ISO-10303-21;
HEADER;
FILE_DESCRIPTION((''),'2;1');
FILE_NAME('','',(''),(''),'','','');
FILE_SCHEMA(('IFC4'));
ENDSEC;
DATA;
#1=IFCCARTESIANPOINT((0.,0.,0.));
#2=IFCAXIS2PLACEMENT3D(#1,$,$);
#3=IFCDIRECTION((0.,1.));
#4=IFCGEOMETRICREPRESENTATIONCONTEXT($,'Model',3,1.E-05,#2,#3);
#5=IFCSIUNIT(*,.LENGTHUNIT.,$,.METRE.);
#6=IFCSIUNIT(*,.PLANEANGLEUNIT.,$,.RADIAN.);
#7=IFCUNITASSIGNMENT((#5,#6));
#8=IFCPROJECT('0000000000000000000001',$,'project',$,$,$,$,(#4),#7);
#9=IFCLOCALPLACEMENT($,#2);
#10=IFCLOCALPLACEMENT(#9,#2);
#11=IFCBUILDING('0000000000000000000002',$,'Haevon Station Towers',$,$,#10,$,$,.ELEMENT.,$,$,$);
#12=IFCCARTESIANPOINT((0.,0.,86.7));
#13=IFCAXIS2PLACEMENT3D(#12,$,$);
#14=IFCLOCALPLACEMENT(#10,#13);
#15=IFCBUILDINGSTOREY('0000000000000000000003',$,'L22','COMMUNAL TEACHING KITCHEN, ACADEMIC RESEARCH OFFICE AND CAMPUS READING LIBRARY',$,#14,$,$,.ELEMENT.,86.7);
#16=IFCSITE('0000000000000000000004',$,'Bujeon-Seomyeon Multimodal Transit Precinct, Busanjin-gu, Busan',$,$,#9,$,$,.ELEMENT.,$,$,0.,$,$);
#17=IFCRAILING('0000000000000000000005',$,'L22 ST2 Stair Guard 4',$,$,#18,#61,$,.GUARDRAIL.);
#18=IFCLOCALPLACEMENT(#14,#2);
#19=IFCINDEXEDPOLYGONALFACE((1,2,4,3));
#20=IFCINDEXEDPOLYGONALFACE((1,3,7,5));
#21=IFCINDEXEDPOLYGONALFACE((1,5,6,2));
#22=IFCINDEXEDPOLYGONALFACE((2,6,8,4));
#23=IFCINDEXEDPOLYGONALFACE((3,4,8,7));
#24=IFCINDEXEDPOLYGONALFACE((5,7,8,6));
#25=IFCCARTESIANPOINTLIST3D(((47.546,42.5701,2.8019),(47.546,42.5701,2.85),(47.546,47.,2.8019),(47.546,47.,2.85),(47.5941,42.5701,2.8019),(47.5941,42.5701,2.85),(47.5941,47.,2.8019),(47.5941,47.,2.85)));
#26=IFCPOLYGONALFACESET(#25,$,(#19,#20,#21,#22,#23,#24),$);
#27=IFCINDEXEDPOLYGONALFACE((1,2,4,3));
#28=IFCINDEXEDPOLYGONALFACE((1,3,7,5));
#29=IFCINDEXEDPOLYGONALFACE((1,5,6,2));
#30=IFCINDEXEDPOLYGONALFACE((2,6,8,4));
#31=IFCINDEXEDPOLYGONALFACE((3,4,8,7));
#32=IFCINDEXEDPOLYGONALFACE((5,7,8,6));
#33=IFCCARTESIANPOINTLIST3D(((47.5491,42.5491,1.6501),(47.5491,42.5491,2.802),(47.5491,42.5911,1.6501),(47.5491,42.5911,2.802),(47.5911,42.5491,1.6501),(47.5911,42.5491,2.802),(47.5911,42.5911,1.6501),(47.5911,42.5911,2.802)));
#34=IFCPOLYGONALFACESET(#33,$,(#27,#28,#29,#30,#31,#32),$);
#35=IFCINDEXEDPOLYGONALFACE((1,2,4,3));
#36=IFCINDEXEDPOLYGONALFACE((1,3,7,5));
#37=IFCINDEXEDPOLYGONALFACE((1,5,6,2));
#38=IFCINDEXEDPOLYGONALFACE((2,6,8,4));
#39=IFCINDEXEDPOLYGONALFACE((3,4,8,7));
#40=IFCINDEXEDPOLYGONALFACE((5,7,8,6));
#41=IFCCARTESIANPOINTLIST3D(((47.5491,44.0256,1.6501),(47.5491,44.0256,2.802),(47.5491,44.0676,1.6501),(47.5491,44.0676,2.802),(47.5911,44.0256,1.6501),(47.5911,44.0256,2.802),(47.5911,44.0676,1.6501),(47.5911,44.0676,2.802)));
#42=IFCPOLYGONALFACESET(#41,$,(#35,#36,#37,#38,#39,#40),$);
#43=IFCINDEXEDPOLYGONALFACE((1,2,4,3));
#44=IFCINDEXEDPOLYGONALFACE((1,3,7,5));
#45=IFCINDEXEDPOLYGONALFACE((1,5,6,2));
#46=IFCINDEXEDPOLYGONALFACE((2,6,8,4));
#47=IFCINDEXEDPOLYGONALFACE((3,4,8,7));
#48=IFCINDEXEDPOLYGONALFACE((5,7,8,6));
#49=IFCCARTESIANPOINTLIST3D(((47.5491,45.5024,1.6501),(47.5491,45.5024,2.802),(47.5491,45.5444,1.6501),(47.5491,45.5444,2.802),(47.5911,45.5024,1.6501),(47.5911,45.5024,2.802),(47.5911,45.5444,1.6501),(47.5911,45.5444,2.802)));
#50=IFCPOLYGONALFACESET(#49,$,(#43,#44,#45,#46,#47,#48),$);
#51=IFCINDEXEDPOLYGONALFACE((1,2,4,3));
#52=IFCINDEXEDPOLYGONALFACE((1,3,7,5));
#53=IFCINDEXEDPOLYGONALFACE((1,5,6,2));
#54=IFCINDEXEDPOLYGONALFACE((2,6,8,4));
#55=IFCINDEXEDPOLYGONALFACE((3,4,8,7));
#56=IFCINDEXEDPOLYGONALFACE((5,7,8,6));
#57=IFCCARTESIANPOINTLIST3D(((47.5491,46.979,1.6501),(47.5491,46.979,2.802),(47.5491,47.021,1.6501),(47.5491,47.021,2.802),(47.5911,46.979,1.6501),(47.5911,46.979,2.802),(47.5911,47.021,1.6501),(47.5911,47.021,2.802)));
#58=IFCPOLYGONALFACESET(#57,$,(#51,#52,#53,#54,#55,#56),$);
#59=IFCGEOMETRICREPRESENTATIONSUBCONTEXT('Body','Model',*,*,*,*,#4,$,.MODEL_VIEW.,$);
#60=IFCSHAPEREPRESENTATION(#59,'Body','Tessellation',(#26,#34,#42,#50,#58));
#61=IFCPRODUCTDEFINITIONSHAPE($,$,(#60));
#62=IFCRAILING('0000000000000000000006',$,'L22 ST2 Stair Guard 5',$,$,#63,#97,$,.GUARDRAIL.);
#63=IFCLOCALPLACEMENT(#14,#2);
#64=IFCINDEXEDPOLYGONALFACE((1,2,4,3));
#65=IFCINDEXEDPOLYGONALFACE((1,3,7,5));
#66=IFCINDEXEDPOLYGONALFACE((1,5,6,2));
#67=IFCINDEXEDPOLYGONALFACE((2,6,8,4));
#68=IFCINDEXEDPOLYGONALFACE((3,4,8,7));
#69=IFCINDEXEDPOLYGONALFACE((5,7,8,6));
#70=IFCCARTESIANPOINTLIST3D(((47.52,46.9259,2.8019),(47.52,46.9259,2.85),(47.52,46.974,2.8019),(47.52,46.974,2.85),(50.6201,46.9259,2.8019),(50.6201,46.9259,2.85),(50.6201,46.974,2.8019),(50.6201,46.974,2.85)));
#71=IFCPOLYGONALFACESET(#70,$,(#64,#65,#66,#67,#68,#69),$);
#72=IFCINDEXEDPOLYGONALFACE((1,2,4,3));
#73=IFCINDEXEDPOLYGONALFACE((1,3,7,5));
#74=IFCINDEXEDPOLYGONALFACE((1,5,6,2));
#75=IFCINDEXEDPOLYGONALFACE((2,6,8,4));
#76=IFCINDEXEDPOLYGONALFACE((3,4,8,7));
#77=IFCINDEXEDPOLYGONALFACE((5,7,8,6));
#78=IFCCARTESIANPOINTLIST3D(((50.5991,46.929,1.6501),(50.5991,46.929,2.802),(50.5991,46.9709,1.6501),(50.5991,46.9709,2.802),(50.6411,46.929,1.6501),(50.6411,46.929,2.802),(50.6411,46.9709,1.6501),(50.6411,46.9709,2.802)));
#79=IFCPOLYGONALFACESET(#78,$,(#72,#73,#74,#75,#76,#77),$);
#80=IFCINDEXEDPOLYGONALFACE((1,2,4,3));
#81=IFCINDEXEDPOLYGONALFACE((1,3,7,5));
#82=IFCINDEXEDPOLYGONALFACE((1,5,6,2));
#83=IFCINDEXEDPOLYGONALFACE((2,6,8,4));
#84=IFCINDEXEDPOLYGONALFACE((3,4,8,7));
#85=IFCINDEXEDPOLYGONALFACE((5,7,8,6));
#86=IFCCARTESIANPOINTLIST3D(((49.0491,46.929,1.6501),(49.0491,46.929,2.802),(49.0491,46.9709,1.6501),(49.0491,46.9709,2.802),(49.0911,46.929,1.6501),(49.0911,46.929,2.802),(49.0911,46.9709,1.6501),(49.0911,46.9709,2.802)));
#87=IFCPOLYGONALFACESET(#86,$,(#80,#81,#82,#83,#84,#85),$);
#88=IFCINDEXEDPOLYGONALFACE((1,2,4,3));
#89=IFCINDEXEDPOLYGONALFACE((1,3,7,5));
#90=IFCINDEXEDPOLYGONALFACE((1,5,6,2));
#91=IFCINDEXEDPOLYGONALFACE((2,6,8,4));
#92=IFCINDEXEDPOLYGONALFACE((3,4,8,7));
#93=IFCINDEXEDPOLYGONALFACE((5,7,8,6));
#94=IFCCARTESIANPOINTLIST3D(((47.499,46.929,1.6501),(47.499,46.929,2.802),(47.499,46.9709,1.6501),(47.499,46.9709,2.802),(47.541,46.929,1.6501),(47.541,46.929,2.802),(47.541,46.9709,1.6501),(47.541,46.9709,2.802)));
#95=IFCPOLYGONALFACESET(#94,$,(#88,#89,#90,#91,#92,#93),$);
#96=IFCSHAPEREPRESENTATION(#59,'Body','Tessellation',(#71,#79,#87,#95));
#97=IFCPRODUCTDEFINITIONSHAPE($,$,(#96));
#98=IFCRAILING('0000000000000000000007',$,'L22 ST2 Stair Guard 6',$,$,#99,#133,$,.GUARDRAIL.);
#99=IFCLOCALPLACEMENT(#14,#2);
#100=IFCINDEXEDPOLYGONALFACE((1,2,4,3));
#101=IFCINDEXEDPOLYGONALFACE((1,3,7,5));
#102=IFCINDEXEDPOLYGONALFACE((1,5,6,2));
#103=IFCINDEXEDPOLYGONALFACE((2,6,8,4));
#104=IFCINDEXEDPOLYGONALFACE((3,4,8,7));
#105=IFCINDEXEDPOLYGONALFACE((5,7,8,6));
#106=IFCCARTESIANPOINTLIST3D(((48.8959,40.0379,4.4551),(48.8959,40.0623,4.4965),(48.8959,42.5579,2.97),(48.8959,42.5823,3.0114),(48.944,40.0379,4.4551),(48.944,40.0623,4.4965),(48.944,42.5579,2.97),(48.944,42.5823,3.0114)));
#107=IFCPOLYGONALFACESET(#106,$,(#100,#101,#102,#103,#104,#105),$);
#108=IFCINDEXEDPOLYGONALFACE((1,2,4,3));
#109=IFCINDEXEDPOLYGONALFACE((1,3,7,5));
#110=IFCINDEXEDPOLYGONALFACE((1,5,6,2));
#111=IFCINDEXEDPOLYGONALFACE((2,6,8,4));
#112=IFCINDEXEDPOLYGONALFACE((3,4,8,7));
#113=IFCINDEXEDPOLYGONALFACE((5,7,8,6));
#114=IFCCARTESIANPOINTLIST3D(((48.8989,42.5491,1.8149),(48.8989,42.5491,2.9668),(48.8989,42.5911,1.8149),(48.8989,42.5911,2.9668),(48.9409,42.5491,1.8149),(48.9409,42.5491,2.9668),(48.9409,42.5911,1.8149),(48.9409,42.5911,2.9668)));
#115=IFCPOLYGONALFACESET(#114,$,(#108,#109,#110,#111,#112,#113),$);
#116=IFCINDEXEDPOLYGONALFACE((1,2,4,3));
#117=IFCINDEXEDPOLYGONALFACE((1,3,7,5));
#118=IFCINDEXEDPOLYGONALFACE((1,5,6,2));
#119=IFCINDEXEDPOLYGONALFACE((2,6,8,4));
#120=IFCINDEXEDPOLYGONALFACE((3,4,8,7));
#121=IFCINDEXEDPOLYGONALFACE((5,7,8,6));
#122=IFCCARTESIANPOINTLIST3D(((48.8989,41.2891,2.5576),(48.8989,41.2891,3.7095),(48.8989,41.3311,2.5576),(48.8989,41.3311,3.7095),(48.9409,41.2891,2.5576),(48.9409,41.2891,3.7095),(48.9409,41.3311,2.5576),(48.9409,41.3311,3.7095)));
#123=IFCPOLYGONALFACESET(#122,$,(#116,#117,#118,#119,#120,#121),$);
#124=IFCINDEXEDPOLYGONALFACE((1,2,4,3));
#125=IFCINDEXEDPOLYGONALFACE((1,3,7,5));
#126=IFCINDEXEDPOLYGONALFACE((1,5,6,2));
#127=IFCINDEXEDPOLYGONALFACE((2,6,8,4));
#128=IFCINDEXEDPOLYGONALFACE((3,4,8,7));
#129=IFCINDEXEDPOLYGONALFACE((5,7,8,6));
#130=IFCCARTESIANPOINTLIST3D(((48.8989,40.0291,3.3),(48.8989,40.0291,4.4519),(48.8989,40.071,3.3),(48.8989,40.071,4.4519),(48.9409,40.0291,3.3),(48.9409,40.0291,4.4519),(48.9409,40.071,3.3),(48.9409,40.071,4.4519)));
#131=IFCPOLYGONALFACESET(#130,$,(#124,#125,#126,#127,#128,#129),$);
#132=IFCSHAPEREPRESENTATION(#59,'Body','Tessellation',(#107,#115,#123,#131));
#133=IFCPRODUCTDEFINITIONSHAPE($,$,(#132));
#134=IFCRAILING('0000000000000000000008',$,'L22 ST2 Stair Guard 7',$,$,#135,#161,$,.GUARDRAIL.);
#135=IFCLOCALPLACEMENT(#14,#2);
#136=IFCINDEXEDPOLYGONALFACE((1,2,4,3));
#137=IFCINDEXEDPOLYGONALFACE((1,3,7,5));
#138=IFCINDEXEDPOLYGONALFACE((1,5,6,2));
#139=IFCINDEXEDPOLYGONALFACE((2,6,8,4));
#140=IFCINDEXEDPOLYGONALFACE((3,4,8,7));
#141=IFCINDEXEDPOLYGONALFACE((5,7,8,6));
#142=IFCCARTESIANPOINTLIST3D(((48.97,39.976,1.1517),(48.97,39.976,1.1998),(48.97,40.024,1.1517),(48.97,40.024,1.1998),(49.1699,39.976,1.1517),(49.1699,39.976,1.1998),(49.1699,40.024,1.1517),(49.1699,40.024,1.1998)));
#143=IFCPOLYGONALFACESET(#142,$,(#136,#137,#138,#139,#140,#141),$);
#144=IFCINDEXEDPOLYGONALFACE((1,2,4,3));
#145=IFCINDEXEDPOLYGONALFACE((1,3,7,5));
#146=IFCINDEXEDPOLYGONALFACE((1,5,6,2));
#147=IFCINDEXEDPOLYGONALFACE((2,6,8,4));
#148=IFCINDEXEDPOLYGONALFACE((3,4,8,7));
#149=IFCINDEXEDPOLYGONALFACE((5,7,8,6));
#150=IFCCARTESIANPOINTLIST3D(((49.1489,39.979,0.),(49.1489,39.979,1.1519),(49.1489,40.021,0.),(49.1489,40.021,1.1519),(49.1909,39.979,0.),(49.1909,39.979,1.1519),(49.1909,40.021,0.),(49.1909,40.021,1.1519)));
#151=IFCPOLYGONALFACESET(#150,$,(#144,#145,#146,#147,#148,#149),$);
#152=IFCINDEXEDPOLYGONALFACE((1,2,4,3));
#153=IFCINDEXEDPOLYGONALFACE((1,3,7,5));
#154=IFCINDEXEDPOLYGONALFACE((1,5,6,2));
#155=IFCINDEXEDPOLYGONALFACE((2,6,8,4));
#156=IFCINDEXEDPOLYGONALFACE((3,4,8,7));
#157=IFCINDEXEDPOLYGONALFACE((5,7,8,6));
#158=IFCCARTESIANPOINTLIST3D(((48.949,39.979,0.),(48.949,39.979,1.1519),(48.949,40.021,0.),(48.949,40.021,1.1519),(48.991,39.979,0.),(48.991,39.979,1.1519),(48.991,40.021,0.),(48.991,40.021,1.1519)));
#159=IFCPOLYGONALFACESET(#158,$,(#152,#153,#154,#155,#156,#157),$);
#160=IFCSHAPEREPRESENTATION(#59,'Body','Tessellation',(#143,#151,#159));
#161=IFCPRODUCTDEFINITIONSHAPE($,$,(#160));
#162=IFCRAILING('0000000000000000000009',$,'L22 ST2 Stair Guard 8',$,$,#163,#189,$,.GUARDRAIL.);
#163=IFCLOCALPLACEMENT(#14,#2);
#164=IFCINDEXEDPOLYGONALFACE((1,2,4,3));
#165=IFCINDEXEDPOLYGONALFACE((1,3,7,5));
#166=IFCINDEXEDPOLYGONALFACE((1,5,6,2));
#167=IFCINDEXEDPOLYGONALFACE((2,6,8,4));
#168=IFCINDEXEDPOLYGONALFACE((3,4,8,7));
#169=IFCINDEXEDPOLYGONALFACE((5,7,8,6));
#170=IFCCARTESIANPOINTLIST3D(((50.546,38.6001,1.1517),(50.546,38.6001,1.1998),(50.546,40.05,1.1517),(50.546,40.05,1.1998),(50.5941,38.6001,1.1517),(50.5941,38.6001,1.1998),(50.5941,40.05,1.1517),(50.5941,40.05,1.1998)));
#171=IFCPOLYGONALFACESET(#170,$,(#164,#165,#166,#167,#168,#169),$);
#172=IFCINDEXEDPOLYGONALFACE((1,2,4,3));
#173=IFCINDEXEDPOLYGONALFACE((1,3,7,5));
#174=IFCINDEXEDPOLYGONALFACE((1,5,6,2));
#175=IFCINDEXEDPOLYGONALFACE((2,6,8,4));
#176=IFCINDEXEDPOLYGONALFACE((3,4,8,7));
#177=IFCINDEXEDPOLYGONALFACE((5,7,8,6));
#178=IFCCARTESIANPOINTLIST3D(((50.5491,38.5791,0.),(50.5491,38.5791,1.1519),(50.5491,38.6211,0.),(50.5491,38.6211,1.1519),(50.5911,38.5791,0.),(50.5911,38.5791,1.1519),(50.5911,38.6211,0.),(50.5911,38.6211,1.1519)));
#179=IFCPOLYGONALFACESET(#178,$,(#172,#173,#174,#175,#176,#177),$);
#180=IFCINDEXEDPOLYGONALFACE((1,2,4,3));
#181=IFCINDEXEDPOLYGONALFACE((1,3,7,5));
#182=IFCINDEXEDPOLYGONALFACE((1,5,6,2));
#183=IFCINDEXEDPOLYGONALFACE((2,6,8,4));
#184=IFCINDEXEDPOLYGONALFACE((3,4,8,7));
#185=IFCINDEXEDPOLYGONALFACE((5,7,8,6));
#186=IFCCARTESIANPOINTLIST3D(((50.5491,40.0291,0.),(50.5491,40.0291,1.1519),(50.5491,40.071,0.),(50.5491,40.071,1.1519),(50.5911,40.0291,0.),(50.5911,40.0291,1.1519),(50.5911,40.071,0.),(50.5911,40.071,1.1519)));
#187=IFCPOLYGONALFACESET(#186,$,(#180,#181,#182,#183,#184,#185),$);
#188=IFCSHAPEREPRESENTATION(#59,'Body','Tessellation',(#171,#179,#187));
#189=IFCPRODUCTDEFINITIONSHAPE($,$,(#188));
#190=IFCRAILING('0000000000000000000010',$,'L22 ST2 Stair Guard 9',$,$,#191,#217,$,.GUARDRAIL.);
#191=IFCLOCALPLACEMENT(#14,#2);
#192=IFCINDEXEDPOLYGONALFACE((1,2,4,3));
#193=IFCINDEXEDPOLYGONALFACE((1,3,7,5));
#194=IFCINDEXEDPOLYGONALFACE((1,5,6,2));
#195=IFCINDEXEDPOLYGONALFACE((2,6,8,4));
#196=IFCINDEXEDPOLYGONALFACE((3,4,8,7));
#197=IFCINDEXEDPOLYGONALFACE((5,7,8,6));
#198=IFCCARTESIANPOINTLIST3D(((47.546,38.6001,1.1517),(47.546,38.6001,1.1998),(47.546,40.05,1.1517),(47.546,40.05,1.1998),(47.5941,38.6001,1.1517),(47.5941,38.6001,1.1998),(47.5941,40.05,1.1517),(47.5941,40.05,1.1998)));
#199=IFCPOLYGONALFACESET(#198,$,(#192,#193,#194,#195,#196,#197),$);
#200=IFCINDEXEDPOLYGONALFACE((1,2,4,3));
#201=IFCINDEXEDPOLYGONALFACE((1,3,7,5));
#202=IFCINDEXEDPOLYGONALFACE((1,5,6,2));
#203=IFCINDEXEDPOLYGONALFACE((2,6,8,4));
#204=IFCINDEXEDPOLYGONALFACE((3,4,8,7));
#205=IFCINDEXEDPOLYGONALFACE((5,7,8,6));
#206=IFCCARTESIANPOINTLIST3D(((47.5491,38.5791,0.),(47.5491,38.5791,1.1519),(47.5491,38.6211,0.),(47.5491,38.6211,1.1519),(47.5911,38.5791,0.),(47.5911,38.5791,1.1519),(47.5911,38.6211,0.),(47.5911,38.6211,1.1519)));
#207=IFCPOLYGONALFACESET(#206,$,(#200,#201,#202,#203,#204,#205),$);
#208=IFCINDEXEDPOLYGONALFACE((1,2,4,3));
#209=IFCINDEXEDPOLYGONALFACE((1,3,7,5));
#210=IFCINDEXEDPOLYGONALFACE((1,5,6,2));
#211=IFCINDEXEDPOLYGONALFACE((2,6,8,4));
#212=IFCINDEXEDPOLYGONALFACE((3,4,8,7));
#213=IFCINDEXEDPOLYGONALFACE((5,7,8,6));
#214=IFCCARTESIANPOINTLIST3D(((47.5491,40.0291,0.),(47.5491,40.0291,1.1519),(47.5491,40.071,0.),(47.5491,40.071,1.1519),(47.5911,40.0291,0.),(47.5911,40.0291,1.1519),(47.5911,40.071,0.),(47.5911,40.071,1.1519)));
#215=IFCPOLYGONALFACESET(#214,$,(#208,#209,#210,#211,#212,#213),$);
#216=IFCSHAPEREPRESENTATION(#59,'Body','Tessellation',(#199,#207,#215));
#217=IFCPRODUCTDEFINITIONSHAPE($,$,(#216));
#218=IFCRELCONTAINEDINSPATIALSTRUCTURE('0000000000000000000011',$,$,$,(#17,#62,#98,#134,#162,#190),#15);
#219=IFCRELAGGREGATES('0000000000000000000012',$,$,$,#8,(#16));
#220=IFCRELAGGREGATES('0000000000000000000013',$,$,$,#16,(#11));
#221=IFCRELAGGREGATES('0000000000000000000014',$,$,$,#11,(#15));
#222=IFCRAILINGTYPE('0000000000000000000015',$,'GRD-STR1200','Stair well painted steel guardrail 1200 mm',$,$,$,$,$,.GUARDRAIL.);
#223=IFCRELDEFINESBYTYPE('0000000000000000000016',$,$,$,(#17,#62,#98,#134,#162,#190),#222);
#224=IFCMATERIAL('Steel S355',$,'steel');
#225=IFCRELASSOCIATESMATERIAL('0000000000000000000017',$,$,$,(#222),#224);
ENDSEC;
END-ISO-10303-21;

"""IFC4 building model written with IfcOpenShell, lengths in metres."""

from ifc_helpers import new_model, si_unit, direction, frame, origin, origin_2d, place, context, subcontext, project, spatial, rectangle, extrude, material, type_object, element, save


model = new_model("IFC4")

# Units and contexts
model_context = context("Model", 3, precision=1e-05, world=origin(), true_north=direction((0.0, 1.0)))
body_context = subcontext(model_context, "Body", "Model", "MODEL_VIEW")
ifc_project = project(units=[si_unit("LENGTHUNIT", "METRE"), si_unit("PLANEANGLEUNIT", "RADIAN")], contexts=[model_context])

# Site, building, storey
site_placement = place(None, origin())
site = spatial("IfcSite", under=ifc_project, at=site_placement, Name="Bujeon-Seomyeon Multimodal Transit Precinct, Busanjin-gu, Busan", CompositionType="ELEMENT", RefElevation=0.0)
building_placement = place(site_placement, origin())
building = spatial("IfcBuilding", under=site, at=building_placement, Name="Haevon Station Towers", CompositionType="ELEMENT")
storey_placement = place(building_placement, frame((0.0, 0.0, 86.7)))
storey = spatial("IfcBuildingStorey", under=building, at=storey_placement, Name="L22", Description="COMMUNAL TEACHING KITCHEN, ACADEMIC RESEARCH OFFICE AND CAMPUS READING LIBRARY", CompositionType="ELEMENT", Elevation=86.7)

# Shared definitions
ifc_material_1 = material(Name="Steel S355", Category="steel")

# Railings
railing_type_1 = type_object("IfcRailingType", Name="GRD-STR1200", Description="Stair well painted steel guardrail 1200 mm", PredefinedType="GUARDRAIL", material=ifc_material_1)
for number, where, name in (
    (1, (47.5701, 42.5701, 1.6501), "L22 ST2 Stair Guard 4"),
):
    element("IfcRailing", number, at=place(storey_placement, frame(where)), inside=storey, type_object=railing_type_1, Name=name, PredefinedType="GUARDRAIL", context=body_context, shape_type="SweptSolid", body=[
        extrude(rectangle(XDim=0.0481, YDim=0.0481, at=origin_2d()), frame((0.0, 0.0, 1.1758), z_axis=(0.0, 1.0, 0.0), x_axis=(-1.0, 0.0, 0.0)), (0.0, 0.0, 1.0), 4.4299),
        extrude(rectangle(XDim=0.042, YDim=0.042, at=origin_2d()), origin(), (0.0, 0.0, 1.0), 1.1519),
        extrude(rectangle(XDim=0.042, YDim=0.042, at=origin_2d()), frame((0.0, 1.4766, 0.0)), (0.0, 0.0, 1.0), 1.1519),
        extrude(rectangle(XDim=0.042, YDim=0.042, at=origin_2d()), frame((0.0, 2.9534, 0.0)), (0.0, 0.0, 1.0), 1.1519),
        extrude(rectangle(XDim=0.042, YDim=0.042, at=origin_2d()), frame((0.0, 4.4299, 0.0)), (0.0, 0.0, 1.0), 1.1519),
    ])
railing_1_placement = place(storey_placement, frame((50.6201, 46.95, 1.6501)))
element("IfcRailing", 2, at=railing_1_placement, inside=storey, type_object=railing_type_1, Name="L22 ST2 Stair Guard 5", PredefinedType="GUARDRAIL", context=body_context, shape_type="SweptSolid", body=[
    extrude(rectangle(XDim=0.0481, YDim=0.0481, at=origin_2d()), frame((0.0, 0.0, 1.1758), z_axis=(-1.0, 0.0, 0.0), x_axis=(0.0, -1.0, 0.0)), (0.0, 0.0, 1.0), 3.1001),
    extrude(rectangle(XDim=0.042, YDim=0.042, at=origin_2d()), origin(), (0.0, 0.0, 1.0), 1.1519),
    extrude(rectangle(XDim=0.042, YDim=0.042, at=origin_2d()), frame((-1.55, 0.0, 0.0)), (0.0, 0.0, 1.0), 1.1519),
    extrude(rectangle(XDim=0.042, YDim=0.042, at=origin_2d()), frame((-3.1001, 0.0, 0.0)), (0.0, 0.0, 1.0), 1.1519),
])
railing_2_placement = place(storey_placement, frame((48.9199, 42.5701, 1.8149)))
element("IfcRailing", 3, at=railing_2_placement, inside=storey, type_object=railing_type_1, Name="L22 ST2 Stair Guard 6", PredefinedType="GUARDRAIL", context=body_context, shape_type="SweptSolid", body=[
    extrude(rectangle(XDim=0.0481, YDim=0.0481, at=origin_2d()), frame((0.0, 0.0, 1.1758), z_axis=(0.0, -0.861524, 0.507717), x_axis=(1.0, 0.0, 0.0)), (0.0, 0.0, 1.0), 2.925),
    extrude(rectangle(XDim=0.042, YDim=0.042, at=origin_2d()), origin(), (0.0, 0.0, 1.0), 1.1519),
    extrude(rectangle(XDim=0.042, YDim=0.042, at=origin_2d()), frame((0.0, -1.26, 0.7427)), (0.0, 0.0, 1.0), 1.1519),
    extrude(rectangle(XDim=0.042, YDim=0.042, at=origin_2d()), frame((0.0, -2.52, 1.4851)), (0.0, 0.0, 1.0), 1.1519),
])
railing_3_placement = place(storey_placement, frame((49.1699, 40.0, 0.0)))
element("IfcRailing", 4, at=railing_3_placement, inside=storey, type_object=railing_type_1, Name="L22 ST2 Stair Guard 7", PredefinedType="GUARDRAIL", context=body_context, shape_type="SweptSolid", body=[
    extrude(rectangle(XDim=0.0481, YDim=0.0481, at=origin_2d()), frame((0.0, 0.0, 1.1758), z_axis=(-1.0, 0.0, 0.0), x_axis=(0.0, -1.0, 0.0)), (0.0, 0.0, 1.0), 0.2),
    extrude(rectangle(XDim=0.042, YDim=0.042, at=origin_2d()), origin(), (0.0, 0.0, 1.0), 1.1519),
    extrude(rectangle(XDim=0.042, YDim=0.042, at=origin_2d()), frame((-0.2, 0.0, 0.0)), (0.0, 0.0, 1.0), 1.1519),
])
for number, where, name in (
    (5, (50.5701, 38.6001, 0.0), "L22 ST2 Stair Guard 8"),
    (6, (47.5701, 38.6001, 0.0), "L22 ST2 Stair Guard 9"),
):
    element("IfcRailing", number, at=place(storey_placement, frame(where)), inside=storey, type_object=railing_type_1, Name=name, PredefinedType="GUARDRAIL", context=body_context, shape_type="SweptSolid", body=[
        extrude(rectangle(XDim=0.0481, YDim=0.0481, at=origin_2d()), frame((0.0, 0.0, 1.1758), z_axis=(0.0, 1.0, 0.0), x_axis=(-1.0, 0.0, 0.0)), (0.0, 0.0, 1.0), 1.45),
        extrude(rectangle(XDim=0.042, YDim=0.042, at=origin_2d()), origin(), (0.0, 0.0, 1.0), 1.1519),
        extrude(rectangle(XDim=0.042, YDim=0.042, at=origin_2d()), frame((0.0, 1.45, 0.0)), (0.0, 0.0, 1.0), 1.1519),
    ])

save(model, "model.ifc")
